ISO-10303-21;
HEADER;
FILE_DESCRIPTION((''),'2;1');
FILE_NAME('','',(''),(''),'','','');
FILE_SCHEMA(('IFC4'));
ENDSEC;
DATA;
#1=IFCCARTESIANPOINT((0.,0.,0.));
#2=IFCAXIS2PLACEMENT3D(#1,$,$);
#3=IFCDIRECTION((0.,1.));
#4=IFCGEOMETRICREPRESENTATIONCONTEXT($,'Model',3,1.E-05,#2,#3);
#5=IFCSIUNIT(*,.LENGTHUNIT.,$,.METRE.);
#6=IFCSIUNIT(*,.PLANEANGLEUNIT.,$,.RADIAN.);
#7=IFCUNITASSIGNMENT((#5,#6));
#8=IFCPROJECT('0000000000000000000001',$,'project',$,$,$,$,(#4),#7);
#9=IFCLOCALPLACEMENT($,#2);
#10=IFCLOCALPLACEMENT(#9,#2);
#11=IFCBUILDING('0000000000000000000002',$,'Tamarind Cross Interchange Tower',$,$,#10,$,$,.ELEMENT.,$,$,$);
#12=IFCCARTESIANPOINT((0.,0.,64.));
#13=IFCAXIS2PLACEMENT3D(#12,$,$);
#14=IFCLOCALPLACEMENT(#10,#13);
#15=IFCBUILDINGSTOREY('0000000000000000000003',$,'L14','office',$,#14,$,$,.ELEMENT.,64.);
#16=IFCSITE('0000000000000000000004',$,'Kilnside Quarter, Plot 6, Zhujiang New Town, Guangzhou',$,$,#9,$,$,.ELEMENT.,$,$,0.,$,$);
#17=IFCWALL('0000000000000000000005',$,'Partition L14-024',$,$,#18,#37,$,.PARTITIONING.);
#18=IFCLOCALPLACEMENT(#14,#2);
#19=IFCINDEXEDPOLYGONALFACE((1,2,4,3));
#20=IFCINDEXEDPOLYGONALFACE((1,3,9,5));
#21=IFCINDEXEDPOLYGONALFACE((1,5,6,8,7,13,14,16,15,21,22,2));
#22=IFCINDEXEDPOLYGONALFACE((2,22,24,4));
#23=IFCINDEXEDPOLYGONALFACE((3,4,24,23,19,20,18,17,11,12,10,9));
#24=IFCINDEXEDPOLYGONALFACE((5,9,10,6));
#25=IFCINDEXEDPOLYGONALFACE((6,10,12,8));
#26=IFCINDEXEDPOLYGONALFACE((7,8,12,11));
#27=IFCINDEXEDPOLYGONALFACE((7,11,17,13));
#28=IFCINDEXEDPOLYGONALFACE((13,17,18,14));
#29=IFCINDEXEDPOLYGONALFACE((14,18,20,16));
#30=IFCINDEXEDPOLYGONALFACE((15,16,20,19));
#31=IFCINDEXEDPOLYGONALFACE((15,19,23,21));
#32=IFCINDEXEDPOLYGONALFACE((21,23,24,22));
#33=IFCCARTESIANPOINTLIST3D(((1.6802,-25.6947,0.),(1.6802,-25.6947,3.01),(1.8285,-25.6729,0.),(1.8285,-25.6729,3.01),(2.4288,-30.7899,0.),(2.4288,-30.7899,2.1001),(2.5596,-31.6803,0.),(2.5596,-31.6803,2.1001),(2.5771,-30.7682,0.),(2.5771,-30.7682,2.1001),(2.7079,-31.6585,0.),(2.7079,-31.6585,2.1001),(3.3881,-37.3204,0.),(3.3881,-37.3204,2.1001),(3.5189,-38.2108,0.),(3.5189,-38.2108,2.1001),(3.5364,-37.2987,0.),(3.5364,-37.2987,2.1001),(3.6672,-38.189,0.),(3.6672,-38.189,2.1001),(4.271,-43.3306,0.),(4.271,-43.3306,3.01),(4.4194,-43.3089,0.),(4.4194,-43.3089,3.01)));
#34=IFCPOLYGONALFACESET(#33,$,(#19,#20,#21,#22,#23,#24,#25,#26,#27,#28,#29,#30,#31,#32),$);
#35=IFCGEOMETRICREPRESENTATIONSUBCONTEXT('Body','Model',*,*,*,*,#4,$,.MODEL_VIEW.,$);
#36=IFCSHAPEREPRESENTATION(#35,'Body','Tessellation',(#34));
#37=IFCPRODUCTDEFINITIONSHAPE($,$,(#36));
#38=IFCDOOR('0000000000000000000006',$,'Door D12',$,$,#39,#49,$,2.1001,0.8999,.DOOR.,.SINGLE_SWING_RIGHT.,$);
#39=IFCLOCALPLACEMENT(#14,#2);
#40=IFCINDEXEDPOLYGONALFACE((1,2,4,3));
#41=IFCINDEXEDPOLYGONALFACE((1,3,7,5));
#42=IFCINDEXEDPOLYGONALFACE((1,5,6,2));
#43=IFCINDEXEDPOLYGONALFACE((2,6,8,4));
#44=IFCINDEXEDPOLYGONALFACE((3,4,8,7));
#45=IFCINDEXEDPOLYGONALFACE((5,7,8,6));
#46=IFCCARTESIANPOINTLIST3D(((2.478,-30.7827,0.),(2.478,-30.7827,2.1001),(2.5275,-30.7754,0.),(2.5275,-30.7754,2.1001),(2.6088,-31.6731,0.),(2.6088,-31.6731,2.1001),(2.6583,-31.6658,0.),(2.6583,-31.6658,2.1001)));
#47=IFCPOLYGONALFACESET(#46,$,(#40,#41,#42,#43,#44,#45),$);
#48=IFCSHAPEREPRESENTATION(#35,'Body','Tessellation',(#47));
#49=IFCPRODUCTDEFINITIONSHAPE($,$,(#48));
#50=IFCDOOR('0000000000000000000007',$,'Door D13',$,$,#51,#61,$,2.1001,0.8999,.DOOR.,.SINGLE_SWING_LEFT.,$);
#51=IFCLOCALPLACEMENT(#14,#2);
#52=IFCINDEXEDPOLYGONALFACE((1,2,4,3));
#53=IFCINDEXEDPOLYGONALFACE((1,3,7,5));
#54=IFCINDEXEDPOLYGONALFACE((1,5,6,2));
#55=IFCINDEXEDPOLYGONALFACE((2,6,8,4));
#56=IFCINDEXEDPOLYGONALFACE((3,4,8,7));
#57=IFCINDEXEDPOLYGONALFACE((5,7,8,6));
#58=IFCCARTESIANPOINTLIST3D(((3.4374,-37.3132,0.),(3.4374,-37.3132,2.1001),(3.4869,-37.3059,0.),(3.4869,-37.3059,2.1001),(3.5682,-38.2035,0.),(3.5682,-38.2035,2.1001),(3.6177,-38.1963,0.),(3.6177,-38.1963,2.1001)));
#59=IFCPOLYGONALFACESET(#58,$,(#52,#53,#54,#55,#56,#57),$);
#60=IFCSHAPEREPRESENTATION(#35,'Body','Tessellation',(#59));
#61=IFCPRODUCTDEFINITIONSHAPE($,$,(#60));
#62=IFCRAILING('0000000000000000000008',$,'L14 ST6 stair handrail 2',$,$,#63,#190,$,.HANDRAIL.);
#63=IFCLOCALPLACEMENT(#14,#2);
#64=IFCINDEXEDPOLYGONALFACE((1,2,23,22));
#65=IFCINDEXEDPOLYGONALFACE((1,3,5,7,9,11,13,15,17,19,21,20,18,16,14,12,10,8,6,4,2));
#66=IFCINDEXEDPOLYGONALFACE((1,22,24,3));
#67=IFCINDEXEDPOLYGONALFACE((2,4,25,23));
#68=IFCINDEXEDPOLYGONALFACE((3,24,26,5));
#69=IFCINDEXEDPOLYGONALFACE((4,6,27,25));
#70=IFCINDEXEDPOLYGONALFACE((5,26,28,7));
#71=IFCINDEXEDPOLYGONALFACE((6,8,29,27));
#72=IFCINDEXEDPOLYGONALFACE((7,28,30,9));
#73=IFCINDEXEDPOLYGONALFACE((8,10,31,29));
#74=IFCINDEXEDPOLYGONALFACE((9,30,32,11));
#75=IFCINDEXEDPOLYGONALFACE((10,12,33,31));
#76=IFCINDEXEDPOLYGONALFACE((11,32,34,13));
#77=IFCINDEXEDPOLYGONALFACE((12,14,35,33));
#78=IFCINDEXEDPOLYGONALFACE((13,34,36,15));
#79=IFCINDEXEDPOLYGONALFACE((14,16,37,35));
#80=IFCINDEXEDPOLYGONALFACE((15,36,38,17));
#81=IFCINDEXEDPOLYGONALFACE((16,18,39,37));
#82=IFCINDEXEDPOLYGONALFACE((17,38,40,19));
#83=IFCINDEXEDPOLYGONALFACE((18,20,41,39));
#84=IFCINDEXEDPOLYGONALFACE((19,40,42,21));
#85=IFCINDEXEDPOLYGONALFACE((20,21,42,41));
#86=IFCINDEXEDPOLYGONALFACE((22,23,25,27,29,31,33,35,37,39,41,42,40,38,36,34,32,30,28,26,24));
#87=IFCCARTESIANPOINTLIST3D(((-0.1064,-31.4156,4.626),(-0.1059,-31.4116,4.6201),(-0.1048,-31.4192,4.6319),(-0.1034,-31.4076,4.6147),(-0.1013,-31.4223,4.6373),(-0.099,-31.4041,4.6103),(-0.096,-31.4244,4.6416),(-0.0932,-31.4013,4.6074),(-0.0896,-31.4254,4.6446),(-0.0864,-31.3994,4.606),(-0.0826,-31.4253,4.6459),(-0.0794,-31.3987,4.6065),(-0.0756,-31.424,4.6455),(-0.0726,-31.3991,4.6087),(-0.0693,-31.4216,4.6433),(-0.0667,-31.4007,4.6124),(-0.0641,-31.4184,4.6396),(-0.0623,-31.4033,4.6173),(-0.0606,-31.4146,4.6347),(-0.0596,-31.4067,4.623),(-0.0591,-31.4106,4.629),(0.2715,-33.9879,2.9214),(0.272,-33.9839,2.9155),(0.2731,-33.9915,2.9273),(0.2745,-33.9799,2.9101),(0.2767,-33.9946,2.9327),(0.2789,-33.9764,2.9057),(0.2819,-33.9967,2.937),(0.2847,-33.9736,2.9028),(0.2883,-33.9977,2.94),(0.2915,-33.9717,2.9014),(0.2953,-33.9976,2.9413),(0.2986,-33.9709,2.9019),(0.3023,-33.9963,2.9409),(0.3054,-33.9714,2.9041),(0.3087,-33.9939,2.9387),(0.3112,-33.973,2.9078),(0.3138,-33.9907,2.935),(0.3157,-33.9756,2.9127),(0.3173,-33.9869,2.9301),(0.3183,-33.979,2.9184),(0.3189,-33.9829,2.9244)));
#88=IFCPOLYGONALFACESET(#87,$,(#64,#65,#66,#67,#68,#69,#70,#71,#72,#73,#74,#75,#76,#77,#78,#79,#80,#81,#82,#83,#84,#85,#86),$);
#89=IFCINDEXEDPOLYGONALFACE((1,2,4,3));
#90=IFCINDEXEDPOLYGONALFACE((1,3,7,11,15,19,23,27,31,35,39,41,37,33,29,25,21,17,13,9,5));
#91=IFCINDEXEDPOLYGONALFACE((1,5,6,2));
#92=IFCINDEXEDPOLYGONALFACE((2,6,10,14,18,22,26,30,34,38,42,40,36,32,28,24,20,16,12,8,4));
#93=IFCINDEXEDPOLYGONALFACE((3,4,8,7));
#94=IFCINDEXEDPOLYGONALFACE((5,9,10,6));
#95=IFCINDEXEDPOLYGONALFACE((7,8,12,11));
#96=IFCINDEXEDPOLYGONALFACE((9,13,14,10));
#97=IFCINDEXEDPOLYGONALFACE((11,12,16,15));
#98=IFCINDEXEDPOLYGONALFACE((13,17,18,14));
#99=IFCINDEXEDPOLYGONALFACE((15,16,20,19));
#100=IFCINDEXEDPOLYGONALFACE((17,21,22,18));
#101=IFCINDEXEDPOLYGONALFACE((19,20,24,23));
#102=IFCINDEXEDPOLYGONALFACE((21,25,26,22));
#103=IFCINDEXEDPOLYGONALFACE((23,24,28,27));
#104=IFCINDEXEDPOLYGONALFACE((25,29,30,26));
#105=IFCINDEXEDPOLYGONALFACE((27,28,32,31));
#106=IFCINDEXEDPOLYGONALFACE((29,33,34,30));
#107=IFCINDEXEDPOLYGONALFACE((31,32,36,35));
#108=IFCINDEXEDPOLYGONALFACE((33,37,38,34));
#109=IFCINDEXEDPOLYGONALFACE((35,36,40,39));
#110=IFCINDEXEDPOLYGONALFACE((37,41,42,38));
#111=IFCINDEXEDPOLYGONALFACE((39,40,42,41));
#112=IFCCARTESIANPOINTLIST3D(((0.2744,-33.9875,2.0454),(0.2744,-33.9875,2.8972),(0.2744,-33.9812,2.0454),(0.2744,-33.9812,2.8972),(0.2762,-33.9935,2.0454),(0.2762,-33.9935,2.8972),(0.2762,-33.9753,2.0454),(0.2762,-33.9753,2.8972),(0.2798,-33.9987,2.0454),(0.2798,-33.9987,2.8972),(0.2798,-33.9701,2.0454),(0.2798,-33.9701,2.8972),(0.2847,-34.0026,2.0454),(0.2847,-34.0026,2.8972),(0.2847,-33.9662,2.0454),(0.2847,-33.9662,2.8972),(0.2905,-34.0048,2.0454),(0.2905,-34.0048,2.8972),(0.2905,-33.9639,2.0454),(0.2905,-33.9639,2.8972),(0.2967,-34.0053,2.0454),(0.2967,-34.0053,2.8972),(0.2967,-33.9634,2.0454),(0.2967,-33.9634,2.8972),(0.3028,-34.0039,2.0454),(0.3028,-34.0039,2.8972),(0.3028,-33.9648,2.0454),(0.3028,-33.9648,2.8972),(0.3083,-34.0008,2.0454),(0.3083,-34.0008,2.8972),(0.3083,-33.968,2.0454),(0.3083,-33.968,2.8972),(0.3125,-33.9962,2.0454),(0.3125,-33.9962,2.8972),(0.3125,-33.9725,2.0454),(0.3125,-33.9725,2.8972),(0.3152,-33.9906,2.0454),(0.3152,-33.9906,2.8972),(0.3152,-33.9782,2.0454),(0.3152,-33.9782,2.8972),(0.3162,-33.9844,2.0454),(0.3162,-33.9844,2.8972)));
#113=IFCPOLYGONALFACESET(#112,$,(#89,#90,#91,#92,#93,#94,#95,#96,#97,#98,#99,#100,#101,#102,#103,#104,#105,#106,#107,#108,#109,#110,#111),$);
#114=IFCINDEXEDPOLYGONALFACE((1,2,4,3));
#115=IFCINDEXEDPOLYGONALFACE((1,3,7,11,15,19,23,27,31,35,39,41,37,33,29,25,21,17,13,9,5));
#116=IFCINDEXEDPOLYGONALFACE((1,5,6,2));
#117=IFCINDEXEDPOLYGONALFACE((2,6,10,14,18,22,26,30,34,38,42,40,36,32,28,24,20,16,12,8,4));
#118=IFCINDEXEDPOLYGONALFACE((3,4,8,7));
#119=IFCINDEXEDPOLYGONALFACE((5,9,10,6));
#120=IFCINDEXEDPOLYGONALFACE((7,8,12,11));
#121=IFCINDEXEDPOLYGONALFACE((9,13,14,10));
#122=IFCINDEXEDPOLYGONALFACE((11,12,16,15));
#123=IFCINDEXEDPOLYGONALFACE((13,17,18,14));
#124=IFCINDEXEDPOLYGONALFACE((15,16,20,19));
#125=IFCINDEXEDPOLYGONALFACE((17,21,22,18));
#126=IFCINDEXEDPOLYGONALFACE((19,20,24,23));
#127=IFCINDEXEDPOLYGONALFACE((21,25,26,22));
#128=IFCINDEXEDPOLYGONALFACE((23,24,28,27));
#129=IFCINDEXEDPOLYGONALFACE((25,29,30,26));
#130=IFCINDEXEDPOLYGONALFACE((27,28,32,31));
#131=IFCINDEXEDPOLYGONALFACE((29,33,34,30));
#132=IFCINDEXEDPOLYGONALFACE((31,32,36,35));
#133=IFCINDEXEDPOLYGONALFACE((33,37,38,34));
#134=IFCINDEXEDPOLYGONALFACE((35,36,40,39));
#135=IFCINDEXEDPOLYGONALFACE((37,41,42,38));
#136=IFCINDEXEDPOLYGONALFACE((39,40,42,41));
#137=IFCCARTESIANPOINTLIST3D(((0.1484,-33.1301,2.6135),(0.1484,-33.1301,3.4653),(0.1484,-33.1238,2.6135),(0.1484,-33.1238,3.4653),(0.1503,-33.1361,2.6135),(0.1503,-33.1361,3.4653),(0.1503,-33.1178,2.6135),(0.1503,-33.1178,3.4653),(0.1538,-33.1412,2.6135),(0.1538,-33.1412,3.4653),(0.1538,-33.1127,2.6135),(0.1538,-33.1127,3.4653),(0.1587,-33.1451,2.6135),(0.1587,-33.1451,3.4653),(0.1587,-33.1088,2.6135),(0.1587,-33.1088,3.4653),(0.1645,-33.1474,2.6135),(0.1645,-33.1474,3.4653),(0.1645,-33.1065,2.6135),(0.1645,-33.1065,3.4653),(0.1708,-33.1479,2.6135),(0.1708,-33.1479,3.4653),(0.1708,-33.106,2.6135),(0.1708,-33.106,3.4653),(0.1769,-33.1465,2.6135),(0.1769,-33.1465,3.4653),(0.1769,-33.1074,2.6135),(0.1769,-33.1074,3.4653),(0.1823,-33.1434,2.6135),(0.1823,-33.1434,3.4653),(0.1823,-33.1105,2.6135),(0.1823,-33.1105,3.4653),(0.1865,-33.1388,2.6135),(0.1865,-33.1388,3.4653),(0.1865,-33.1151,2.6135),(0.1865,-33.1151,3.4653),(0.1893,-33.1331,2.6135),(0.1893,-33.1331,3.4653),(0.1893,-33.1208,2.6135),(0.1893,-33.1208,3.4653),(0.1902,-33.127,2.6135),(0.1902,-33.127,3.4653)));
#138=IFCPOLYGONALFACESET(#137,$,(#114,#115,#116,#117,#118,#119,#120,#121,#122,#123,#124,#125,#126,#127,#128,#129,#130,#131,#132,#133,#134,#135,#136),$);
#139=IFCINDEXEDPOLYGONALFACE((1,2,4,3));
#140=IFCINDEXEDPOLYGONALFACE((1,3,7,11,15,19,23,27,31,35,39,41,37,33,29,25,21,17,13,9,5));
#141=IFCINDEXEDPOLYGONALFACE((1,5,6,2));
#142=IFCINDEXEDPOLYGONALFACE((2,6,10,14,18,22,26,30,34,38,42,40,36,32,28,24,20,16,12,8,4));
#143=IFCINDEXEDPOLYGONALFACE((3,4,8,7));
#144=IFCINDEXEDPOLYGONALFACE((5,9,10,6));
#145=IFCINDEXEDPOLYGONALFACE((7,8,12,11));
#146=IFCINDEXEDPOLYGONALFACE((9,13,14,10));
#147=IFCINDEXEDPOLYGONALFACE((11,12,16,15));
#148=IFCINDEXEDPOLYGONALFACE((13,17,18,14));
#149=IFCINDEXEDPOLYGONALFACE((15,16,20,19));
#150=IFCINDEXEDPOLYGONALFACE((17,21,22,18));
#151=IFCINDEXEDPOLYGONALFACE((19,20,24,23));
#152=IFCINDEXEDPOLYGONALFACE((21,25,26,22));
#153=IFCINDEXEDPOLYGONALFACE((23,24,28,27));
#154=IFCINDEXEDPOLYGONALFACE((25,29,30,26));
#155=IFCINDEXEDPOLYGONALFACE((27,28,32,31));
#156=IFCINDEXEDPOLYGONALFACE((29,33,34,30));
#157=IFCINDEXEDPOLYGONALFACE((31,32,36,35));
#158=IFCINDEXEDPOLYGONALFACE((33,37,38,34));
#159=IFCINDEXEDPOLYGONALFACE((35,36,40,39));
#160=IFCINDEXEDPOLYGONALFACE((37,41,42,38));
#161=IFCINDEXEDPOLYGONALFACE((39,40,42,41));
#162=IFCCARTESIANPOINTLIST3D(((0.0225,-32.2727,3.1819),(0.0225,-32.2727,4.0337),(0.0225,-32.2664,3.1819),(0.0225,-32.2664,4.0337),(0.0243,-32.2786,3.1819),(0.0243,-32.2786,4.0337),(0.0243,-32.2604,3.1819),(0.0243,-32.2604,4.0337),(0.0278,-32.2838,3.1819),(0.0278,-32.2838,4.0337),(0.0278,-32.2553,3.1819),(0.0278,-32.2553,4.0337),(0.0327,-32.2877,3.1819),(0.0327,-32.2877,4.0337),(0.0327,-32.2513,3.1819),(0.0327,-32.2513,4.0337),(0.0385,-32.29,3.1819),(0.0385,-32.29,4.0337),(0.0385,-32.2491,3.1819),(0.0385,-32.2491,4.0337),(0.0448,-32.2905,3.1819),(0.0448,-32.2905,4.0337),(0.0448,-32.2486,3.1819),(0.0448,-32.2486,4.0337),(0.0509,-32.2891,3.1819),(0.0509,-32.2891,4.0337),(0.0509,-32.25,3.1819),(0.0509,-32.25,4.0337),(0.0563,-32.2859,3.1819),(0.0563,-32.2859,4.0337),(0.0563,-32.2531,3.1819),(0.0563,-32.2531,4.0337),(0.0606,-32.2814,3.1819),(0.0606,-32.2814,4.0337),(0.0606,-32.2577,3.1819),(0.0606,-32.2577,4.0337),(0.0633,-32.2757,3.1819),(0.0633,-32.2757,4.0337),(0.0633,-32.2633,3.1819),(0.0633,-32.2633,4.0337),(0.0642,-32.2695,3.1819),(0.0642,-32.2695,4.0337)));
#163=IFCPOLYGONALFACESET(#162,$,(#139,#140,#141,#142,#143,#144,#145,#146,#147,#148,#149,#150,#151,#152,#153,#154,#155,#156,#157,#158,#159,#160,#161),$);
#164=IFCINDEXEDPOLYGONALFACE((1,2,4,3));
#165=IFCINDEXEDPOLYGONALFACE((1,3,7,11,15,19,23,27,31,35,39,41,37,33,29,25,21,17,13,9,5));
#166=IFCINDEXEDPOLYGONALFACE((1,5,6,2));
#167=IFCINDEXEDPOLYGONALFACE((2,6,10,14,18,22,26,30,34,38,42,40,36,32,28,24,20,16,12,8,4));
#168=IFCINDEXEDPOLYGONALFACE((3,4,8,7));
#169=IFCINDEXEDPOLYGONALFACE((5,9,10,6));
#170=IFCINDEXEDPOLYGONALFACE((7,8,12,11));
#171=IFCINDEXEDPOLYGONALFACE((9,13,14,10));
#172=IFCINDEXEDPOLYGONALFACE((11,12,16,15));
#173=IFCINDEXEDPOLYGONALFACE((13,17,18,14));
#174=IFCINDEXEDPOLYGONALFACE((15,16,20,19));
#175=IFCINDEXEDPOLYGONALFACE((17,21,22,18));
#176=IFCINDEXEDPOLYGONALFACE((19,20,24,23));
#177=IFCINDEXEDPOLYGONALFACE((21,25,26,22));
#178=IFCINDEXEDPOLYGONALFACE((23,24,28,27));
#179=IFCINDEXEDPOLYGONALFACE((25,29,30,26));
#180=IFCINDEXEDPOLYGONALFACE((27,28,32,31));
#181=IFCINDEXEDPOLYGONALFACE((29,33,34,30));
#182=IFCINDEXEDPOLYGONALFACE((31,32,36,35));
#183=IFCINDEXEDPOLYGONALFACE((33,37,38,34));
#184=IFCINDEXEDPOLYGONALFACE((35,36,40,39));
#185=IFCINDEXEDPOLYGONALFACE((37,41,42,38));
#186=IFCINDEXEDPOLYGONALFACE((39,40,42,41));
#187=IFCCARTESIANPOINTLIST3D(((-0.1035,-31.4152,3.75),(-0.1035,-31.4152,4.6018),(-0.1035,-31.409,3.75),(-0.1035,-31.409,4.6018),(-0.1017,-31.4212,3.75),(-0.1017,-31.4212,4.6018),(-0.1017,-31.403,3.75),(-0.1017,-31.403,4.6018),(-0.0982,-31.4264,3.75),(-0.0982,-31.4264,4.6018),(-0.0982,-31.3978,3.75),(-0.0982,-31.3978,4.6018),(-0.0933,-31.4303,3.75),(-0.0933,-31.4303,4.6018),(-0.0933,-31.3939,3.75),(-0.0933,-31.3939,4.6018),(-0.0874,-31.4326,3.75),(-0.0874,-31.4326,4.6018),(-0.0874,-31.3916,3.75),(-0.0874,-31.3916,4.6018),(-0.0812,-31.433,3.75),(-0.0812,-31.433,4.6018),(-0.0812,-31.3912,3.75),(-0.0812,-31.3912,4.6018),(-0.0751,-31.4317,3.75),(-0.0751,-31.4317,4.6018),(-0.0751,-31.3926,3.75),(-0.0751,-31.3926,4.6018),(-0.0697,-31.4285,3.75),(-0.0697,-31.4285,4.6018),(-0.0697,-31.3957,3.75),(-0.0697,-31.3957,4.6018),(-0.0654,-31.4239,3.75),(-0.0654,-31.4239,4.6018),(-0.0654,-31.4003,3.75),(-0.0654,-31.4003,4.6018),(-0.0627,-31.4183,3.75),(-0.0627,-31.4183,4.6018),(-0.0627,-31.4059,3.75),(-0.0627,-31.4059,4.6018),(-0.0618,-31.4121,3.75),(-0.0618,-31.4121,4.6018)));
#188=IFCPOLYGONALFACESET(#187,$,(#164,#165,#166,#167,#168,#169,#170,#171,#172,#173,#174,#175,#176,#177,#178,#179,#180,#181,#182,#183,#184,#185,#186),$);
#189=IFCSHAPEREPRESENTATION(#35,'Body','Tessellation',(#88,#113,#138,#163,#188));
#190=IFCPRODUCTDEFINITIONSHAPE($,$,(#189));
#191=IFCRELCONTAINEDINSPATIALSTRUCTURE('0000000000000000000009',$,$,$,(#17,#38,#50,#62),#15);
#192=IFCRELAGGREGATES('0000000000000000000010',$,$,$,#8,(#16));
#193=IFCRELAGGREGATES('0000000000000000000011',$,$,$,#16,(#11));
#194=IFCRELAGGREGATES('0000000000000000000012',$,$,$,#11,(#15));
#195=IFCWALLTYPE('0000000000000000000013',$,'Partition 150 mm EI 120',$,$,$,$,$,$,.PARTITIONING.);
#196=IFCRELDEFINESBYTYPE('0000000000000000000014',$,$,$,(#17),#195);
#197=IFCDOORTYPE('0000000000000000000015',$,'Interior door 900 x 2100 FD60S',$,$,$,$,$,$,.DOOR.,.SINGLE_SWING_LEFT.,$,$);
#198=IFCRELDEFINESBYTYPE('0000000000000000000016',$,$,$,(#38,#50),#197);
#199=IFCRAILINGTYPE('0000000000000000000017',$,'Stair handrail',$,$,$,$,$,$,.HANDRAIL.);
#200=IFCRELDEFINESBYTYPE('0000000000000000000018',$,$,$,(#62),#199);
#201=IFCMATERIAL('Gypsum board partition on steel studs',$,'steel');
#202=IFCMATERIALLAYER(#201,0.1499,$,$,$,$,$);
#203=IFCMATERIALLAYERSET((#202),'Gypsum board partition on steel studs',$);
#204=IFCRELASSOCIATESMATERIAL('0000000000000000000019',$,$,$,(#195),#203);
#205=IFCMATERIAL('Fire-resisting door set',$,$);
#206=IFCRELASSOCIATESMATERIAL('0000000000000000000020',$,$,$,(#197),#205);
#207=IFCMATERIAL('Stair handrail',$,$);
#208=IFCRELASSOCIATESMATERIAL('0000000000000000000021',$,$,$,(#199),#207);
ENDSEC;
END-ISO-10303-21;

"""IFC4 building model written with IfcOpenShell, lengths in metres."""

from ifc_helpers import new_model, si_unit, direction, frame, frame_2d, origin, origin_2d, place, context, subcontext, project, spatial, rectangle, circle, extrude, material, layer, layer_set, type_object, element, fill, save


model = new_model("IFC4")

# Units and contexts
model_context = context("Model", 3, precision=1e-05, world=origin(), true_north=direction((0.0, 1.0)))
body_context = subcontext(model_context, "Body", "Model", "MODEL_VIEW")
ifc_project = project(units=[si_unit("LENGTHUNIT", "METRE"), si_unit("PLANEANGLEUNIT", "RADIAN")], contexts=[model_context])

# Site, building, storey
site_placement = place(None, origin())
site = spatial("IfcSite", under=ifc_project, at=site_placement, Name="Kilnside Quarter, Plot 6, Zhujiang New Town, Guangzhou", CompositionType="ELEMENT", RefElevation=0.0)
building_placement = place(site_placement, origin())
building = spatial("IfcBuilding", under=site, at=building_placement, Name="Tamarind Cross Interchange Tower", CompositionType="ELEMENT")
storey_placement = place(building_placement, frame((0.0, 0.0, 64.0)))
storey = spatial("IfcBuildingStorey", under=building, at=storey_placement, Name="L14", Description="office", CompositionType="ELEMENT", Elevation=64.0)

# Shared definitions
ifc_material_1 = material(Name="Gypsum board partition on steel studs", Category="steel")

# Shared definitions
ifc_layer_1 = layer(ifc_material_1, 0.1499)
ifc_layer_set_1 = layer_set([ifc_layer_1], Name="Gypsum board partition on steel studs")
wall_type_1 = type_object("IfcWallType", Name="Partition 150 mm EI 120", PredefinedType="PARTITIONING", material=ifc_layer_set_1)
ifc_material_2 = material(Name="Fire-resisting door set")
door_type = type_object("IfcDoorType", Name="Interior door 900 x 2100 FD60S", OperationType="SINGLE_SWING_LEFT", PredefinedType="DOOR", material=ifc_material_2)

# Wall, openings, doors
wall_1_placement = place(storey_placement, frame((1.7544, -25.6838, 0.0), z_axis=(0.0, 0.0, 1.0), x_axis=(0.145345, -0.989381, 0.0)))
wall_1 = element("IfcWall", 1, at=wall_1_placement, inside=storey, type_object=wall_type_1, Name="Partition L14-024", PredefinedType="PARTITIONING", context=body_context, shape_type="SweptSolid", body=[
    extrude(rectangle(XDim=17.8252, YDim=0.1499, at=frame_2d((8.9126, 0.0))), origin(), (0.0, 0.0, 1.0), 3.01),
])
opening_1_placement = place(wall_1_placement, frame((5.1499, 0.0, 0.0)))
opening_1 = element("IfcOpeningElement", 2, at=opening_1_placement, cuts=wall_1, PredefinedType="OPENING", context=body_context, shape_type="SweptSolid", body=[
    extrude(rectangle(XDim=0.8999, YDim=2.1001, at=frame_2d((0.45, 1.05))), frame((0.0, 0.085, 0.0), z_axis=(0.0, -1.0, 0.0), x_axis=(1.0, 0.0, 0.0)), (0.0, 0.0, 1.0), 0.1699),
])
opening_2_placement = place(wall_1_placement, frame((11.7505, 0.0, 0.0)))
opening_2 = element("IfcOpeningElement", 3, at=opening_2_placement, cuts=wall_1, PredefinedType="OPENING", context=body_context, shape_type="SweptSolid", body=[
    extrude(rectangle(XDim=0.8999, YDim=2.1001, at=frame_2d((0.45, 1.05))), frame((0.0, 0.085, 0.0), z_axis=(0.0, -1.0, 0.0), x_axis=(1.0, 0.0, 0.0)), (0.0, 0.0, 1.0), 0.1699),
])
door_1_placement = place(opening_1_placement, origin())
door_1 = element("IfcDoor", 4, at=door_1_placement, inside=storey, type_object=door_type, Name="Door D12", OperationType="SINGLE_SWING_RIGHT", OverallHeight=2.1001, OverallWidth=0.8999, PredefinedType="DOOR", context=body_context, shape_type="SweptSolid", body=[
    extrude(rectangle(XDim=0.8999, YDim=2.1001, at=frame_2d((0.45, 1.05))), frame((0.0, 0.0249, 0.0), z_axis=(0.0, -1.0, 0.0), x_axis=(1.0, 0.0, 0.0)), (0.0, 0.0, 1.0), 0.05),
])
fill(opening_1, door_1)
door_2_placement = place(opening_2_placement, origin())
door_2 = element("IfcDoor", 5, at=door_2_placement, inside=storey, type_object=door_type, Name="Door D13", OperationType="SINGLE_SWING_LEFT", OverallHeight=2.1001, OverallWidth=0.8999, PredefinedType="DOOR", context=body_context, shape_type="SweptSolid", body=[
    extrude(rectangle(XDim=0.8999, YDim=2.1001, at=frame_2d((0.45, 1.05))), frame((0.0, 0.0249, 0.0), z_axis=(0.0, -1.0, 0.0), x_axis=(1.0, 0.0, 0.0)), (0.0, 0.0, 1.0), 0.05),
])
fill(opening_2, door_2)

# Railing
ifc_material_3 = material(Name="Stair handrail")
railing_type = type_object("IfcRailingType", Name="Stair handrail", PredefinedType="HANDRAIL", material=ifc_material_3)
railing_placement = place(storey_placement, frame((0.2952, -33.9844, 2.0454)))
element("IfcRailing", 6, at=railing_placement, inside=storey, type_object=railing_type, Name="L14 ST6 stair handrail 2", PredefinedType="HANDRAIL", context=body_context, shape_type="SweptSolid", body=[
    extrude(circle(Radius=0.0239, at=origin_2d()), frame((0.0, 0.0, 0.876), z_axis=(-0.121565, 0.827398, 0.548301), x_axis=(-0.989378, -0.145364, 0.0)), (0.0, 0.0, 1.0), 3.1089),
    extrude(circle(Radius=0.021, at=origin_2d()), origin(), (0.0, 0.0, 1.0), 0.8518),
    extrude(circle(Radius=0.021, at=origin_2d()), frame((-0.126, 0.8574, 0.5681)), (0.0, 0.0, 1.0), 0.8518),
    extrude(circle(Radius=0.021, at=origin_2d()), frame((-0.252, 1.7148, 1.1365)), (0.0, 0.0, 1.0), 0.8518),
    extrude(circle(Radius=0.021, at=origin_2d()), frame((-0.3779, 2.5723, 1.7046)), (0.0, 0.0, 1.0), 0.8518),
])

save(model, "model.ifc")
